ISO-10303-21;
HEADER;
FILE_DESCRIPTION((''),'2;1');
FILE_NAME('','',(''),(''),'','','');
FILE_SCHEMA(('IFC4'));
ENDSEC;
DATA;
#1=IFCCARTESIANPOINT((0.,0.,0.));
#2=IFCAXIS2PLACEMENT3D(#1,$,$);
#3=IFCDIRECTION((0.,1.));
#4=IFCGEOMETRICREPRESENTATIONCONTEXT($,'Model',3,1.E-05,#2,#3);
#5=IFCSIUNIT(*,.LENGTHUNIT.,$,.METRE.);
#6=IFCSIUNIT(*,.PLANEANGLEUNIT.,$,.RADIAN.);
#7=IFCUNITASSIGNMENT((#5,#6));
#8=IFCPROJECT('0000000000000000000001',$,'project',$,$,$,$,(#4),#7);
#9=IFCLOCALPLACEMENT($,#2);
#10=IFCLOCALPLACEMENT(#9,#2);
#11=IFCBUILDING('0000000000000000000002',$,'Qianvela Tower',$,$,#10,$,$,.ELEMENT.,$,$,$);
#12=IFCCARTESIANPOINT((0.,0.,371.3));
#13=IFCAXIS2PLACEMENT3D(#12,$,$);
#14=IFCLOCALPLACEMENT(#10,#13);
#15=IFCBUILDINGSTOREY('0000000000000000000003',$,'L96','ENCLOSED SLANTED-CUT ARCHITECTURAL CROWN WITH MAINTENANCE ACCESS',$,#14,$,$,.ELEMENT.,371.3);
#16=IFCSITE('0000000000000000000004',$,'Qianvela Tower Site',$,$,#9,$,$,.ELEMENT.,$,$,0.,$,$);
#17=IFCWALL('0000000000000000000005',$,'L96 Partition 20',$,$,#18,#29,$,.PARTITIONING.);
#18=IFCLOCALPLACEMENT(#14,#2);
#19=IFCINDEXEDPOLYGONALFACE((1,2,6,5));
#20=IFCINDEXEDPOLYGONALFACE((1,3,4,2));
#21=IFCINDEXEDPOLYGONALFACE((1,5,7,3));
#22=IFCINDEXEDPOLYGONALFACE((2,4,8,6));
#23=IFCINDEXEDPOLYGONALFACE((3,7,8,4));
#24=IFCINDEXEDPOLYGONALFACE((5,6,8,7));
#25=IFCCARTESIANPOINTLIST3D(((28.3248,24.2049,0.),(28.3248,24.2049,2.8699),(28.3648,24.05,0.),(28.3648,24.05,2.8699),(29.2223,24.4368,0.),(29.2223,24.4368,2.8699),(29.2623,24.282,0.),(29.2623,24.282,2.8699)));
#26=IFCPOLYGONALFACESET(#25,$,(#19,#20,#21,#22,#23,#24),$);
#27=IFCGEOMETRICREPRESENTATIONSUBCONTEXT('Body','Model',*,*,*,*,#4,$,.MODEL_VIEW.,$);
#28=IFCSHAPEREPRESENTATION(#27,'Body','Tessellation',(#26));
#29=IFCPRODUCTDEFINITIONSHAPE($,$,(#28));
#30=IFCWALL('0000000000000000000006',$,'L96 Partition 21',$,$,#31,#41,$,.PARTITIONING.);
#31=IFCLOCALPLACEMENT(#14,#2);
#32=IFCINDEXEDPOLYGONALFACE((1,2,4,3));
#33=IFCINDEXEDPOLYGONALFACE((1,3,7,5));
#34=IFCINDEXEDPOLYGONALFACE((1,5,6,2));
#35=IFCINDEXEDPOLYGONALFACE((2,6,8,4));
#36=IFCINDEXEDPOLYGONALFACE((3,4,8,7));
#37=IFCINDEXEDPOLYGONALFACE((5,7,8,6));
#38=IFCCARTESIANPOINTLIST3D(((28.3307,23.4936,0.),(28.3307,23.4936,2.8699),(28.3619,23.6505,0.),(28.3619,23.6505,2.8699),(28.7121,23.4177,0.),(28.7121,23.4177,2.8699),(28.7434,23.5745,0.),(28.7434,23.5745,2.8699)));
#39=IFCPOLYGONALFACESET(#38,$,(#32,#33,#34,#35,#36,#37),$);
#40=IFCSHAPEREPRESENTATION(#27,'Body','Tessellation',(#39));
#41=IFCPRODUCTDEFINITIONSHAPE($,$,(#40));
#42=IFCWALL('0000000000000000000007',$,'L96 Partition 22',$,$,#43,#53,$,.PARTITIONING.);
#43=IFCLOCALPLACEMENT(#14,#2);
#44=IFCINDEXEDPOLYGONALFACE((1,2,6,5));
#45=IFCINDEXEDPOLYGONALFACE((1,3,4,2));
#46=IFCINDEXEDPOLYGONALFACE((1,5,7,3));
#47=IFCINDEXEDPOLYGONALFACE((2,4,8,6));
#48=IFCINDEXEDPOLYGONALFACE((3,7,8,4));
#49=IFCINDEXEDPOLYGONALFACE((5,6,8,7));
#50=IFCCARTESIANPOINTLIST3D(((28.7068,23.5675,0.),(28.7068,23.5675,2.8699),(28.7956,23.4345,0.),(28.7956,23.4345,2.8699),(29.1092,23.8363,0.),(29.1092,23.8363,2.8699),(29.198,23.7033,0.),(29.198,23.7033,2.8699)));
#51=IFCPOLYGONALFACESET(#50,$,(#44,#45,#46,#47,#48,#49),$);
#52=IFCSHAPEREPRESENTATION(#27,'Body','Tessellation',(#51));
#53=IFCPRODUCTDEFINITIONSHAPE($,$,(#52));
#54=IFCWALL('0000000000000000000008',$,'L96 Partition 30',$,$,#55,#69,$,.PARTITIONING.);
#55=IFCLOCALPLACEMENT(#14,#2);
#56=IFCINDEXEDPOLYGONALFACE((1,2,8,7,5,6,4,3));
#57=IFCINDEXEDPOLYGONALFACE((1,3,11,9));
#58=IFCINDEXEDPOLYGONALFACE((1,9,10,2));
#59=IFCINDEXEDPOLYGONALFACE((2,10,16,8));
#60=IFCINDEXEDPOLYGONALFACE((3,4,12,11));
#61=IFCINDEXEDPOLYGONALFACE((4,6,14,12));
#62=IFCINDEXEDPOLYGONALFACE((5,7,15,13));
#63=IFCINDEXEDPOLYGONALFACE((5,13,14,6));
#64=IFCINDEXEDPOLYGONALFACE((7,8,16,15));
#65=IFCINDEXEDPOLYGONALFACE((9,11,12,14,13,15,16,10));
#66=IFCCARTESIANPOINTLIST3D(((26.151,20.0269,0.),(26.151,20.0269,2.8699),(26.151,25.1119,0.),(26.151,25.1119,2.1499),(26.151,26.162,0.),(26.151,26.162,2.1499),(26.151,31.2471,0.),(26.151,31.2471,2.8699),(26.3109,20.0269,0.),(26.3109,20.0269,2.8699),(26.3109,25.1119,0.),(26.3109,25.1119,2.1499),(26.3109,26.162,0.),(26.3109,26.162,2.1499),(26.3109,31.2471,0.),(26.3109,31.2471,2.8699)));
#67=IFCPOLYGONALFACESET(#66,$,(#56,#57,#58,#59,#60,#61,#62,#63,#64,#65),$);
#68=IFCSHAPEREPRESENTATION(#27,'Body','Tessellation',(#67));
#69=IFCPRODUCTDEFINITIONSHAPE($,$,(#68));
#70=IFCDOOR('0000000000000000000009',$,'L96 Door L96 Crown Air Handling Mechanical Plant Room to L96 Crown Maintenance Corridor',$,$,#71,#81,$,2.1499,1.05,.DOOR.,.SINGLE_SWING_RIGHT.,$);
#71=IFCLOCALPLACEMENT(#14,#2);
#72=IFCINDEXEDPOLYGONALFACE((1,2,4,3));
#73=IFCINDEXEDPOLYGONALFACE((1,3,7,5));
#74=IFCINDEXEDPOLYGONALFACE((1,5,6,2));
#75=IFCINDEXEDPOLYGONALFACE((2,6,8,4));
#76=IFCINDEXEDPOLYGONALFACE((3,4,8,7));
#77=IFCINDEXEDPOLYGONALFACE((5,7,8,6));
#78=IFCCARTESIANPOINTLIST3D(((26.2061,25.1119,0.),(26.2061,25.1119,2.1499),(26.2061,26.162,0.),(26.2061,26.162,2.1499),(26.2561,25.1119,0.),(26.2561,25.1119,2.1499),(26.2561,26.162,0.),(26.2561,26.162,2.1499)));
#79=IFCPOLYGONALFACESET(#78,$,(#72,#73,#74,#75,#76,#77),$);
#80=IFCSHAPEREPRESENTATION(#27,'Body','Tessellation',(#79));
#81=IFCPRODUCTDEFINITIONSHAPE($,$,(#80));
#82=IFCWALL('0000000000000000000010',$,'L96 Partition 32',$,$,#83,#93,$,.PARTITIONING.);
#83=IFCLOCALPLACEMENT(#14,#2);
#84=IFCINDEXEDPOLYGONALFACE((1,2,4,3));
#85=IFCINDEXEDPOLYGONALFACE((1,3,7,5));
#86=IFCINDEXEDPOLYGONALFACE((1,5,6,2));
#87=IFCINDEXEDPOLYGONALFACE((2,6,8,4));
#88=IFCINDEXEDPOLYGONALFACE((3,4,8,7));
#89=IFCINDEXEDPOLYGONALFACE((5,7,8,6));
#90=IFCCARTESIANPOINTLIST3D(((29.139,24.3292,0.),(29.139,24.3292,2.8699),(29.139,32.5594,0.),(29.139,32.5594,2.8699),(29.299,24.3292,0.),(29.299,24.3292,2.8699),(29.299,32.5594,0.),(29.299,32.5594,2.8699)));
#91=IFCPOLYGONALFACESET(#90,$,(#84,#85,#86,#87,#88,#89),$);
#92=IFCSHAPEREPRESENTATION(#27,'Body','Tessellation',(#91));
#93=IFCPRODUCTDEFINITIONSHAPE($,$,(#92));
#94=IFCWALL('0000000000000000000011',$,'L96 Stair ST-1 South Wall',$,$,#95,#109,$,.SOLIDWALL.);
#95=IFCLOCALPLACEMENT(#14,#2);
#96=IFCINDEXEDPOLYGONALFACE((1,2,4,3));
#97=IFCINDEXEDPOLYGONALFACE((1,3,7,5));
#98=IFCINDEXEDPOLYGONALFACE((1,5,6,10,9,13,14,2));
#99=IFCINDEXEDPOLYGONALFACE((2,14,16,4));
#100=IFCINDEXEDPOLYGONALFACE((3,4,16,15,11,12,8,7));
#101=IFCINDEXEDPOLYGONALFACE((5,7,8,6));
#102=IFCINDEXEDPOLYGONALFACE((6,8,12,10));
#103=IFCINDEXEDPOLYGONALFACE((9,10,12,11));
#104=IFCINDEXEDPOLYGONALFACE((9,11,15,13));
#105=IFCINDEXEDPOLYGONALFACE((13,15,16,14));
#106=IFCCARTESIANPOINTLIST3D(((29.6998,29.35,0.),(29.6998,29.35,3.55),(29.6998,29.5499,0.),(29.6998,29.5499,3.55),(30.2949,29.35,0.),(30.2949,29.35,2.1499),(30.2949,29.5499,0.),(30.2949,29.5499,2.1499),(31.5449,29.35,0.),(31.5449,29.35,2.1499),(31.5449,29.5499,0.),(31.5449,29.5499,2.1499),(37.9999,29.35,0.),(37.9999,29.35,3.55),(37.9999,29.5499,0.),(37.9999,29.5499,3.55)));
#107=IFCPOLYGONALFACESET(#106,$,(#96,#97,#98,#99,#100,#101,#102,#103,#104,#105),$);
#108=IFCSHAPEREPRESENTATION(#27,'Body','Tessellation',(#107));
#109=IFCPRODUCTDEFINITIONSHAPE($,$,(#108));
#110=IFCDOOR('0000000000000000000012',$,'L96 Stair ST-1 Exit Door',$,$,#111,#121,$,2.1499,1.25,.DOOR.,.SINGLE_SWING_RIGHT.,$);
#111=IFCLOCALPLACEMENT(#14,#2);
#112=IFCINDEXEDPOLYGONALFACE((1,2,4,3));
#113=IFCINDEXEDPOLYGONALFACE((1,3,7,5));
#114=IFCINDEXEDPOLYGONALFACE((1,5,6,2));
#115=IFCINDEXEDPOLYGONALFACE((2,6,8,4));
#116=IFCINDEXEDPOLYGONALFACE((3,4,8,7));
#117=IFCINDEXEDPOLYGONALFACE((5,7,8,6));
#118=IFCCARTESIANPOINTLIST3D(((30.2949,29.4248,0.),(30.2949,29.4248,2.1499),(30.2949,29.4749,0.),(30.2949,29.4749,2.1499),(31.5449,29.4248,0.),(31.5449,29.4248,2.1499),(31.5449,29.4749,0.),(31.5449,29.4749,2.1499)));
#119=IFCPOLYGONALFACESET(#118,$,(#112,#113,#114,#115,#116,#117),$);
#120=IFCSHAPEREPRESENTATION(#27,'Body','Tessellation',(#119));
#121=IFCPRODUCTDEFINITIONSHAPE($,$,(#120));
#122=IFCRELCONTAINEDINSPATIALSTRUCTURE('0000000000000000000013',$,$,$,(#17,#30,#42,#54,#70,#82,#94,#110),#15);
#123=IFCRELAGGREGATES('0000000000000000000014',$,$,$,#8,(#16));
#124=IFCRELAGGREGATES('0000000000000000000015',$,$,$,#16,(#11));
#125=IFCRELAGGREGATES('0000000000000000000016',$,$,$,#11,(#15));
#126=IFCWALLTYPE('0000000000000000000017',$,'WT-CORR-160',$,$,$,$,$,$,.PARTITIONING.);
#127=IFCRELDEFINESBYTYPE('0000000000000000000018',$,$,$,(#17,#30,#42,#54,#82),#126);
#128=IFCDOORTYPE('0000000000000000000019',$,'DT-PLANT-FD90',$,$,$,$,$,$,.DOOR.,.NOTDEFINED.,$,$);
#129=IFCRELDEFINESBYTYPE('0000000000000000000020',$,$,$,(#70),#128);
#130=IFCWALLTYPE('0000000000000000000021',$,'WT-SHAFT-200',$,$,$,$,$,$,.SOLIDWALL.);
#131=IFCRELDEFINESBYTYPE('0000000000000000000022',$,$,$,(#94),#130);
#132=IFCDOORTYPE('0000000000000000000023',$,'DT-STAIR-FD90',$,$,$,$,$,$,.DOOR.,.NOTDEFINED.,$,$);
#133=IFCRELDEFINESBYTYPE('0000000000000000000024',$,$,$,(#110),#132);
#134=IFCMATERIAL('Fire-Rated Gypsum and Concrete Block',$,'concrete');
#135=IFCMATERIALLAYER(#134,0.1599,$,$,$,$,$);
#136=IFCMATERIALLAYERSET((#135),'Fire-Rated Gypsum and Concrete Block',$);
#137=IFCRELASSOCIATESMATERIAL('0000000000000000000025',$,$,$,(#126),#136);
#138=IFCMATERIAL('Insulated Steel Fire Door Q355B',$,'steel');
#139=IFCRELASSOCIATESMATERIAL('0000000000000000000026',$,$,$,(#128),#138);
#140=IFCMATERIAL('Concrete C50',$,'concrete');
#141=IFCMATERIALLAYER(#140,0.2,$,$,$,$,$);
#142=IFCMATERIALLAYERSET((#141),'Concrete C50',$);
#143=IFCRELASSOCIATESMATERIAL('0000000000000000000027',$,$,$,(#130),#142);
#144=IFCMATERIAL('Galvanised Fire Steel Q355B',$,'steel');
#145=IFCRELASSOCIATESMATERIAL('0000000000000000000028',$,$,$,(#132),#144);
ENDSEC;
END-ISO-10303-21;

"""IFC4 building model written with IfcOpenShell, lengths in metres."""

from ifc_helpers import new_model, si_unit, direction, frame, frame_2d, origin, place, context, subcontext, project, spatial, rectangle, extrude, material, layer, layer_set, type_object, element, fill, save


model = new_model("IFC4")

# Units and contexts
model_context = context("Model", 3, precision=1e-05, world=origin(), true_north=direction((0.0, 1.0)))
body_context = subcontext(model_context, "Body", "Model", "MODEL_VIEW")
ifc_project = project(units=[si_unit("LENGTHUNIT", "METRE"), si_unit("PLANEANGLEUNIT", "RADIAN")], contexts=[model_context])

# Site, building, storey
site_placement = place(None, origin())
site = spatial("IfcSite", under=ifc_project, at=site_placement, Name="Qianvela Tower Site", CompositionType="ELEMENT", RefElevation=0.0)
building_placement = place(site_placement, origin())
building = spatial("IfcBuilding", under=site, at=building_placement, Name="Qianvela Tower", CompositionType="ELEMENT")
storey_placement = place(building_placement, frame((0.0, 0.0, 371.3)))
storey = spatial("IfcBuildingStorey", under=building, at=storey_placement, Name="L96", Description="ENCLOSED SLANTED-CUT ARCHITECTURAL CROWN WITH MAINTENANCE ACCESS", CompositionType="ELEMENT", Elevation=371.3)

# Walls
ifc_material_1 = material(Name="Fire-Rated Gypsum and Concrete Block", Category="concrete")
ifc_layer_1 = layer(ifc_material_1, 0.1599)
ifc_layer_set_1 = layer_set([ifc_layer_1], Name="Fire-Rated Gypsum and Concrete Block")
wall_type_1 = type_object("IfcWallType", Name="WT-CORR-160", PredefinedType="PARTITIONING", material=ifc_layer_set_1)
wall_1_placement = place(storey_placement, frame((29.2422, 24.3594, 0.0), z_axis=(0.0, 0.0, 1.0), x_axis=(-0.968191, -0.250213, 0.0)))
element("IfcWall", 1, at=wall_1_placement, inside=storey, type_object=wall_type_1, Name="L96 Partition 20", PredefinedType="PARTITIONING", context=body_context, shape_type="SweptSolid", body=[
    extrude(rectangle(XDim=0.927, YDim=0.1599, at=frame_2d((0.4634, 0.0))), origin(), (0.0, 0.0, 1.0), 2.8699),
])
wall_2_placement = place(storey_placement, frame((28.3464, 23.572, 0.0), z_axis=(0.0, 0.0, 1.0), x_axis=(0.980749, -0.195271, 0.0)))
element("IfcWall", 2, at=wall_2_placement, inside=storey, type_object=wall_type_1, Name="L96 Partition 21", PredefinedType="PARTITIONING", context=body_context, shape_type="SweptSolid", body=[
    extrude(rectangle(XDim=0.3889, YDim=0.1599, at=frame_2d((0.1943, 0.0))), origin(), (0.0, 0.0, 1.0), 2.8699),
])
wall_3_placement = place(storey_placement, frame((28.7512, 23.501, 0.0), z_axis=(0.0, 0.0, 1.0), x_axis=(0.831507, 0.555515, 0.0)))
element("IfcWall", 3, at=wall_3_placement, inside=storey, type_object=wall_type_1, Name="L96 Partition 22", PredefinedType="PARTITIONING", context=body_context, shape_type="SweptSolid", body=[
    extrude(rectangle(XDim=0.4839, YDim=0.1599, at=frame_2d((0.2419, 0.0))), origin(), (0.0, 0.0, 1.0), 2.8699),
])

# Shared definitions
ifc_material_2 = material(Name="Insulated Steel Fire Door Q355B", Category="steel")
door_type_1 = type_object("IfcDoorType", Name="DT-PLANT-FD90", OperationType="NOTDEFINED", PredefinedType="DOOR", material=ifc_material_2)

# Wall, opening, door
wall_4_placement = place(storey_placement, frame((26.231, 20.0269, 0.0), z_axis=(0.0, 0.0, 1.0), x_axis=(0.0, 1.0, 0.0)))
wall_4 = element("IfcWall", 4, at=wall_4_placement, inside=storey, type_object=wall_type_1, Name="L96 Partition 30", PredefinedType="PARTITIONING", context=body_context, shape_type="SweptSolid", body=[
    extrude(rectangle(XDim=11.2202, YDim=0.1599, at=frame_2d((5.6101, 0.0))), origin(), (0.0, 0.0, 1.0), 2.8699),
])
opening_1_placement = place(wall_4_placement, frame((5.0852, 0.0, 0.0)))
opening_1 = element("IfcOpeningElement", 5, at=opening_1_placement, cuts=wall_4, PredefinedType="OPENING", context=body_context, shape_type="SweptSolid", body=[
    extrude(rectangle(XDim=1.05, YDim=2.1499, at=frame_2d((0.5249, 1.075))), frame((0.0, 0.0898, 0.0), z_axis=(0.0, -1.0, 0.0), x_axis=(1.0, 0.0, 0.0)), (0.0, 0.0, 1.0), 0.1799),
])
door_1_placement = place(opening_1_placement, origin())
door_1 = element("IfcDoor", 6, at=door_1_placement, inside=storey, type_object=door_type_1, Name="L96 Door L96 Crown Air Handling Mechanical Plant Room to L96 Crown Maintenance Corridor", OperationType="SINGLE_SWING_RIGHT", OverallHeight=2.1499, OverallWidth=1.05, PredefinedType="DOOR", context=body_context, shape_type="SweptSolid", body=[
    extrude(rectangle(XDim=1.05, YDim=2.1499, at=frame_2d((0.5249, 1.075))), frame((0.0, 0.0249, 0.0), z_axis=(0.0, -1.0, 0.0), x_axis=(1.0, 0.0, 0.0)), (0.0, 0.0, 1.0), 0.05),
])
fill(opening_1, door_1)

# Wall
wall_5_placement = place(storey_placement, frame((29.219, 32.5596, 0.0), z_axis=(0.0, 0.0, 1.0), x_axis=(0.0, -1.0, 0.0)))
element("IfcWall", 7, at=wall_5_placement, inside=storey, type_object=wall_type_1, Name="L96 Partition 32", PredefinedType="PARTITIONING", context=body_context, shape_type="SweptSolid", body=[
    extrude(rectangle(XDim=8.2302, YDim=0.1599, at=frame_2d((4.1152, 0.0))), origin(), (0.0, 0.0, 1.0), 2.8699),
])

# Wall, opening, door
ifc_material_3 = material(Name="Concrete C50", Category="concrete")
ifc_layer_2 = layer(ifc_material_3, 0.2)
ifc_layer_set_2 = layer_set([ifc_layer_2], Name="Concrete C50")
wall_type_2 = type_object("IfcWallType", Name="WT-SHAFT-200", PredefinedType="SOLIDWALL", material=ifc_layer_set_2)
wall_6_placement = place(storey_placement, frame((29.7, 29.45, 0.0), z_axis=(0.0, 0.0, 1.0), x_axis=(1.0, 0.0, 0.0)))
wall_6 = element("IfcWall", 8, at=wall_6_placement, inside=storey, type_object=wall_type_2, Name="L96 Stair ST-1 South Wall", PredefinedType="SOLIDWALL", context=body_context, shape_type="SweptSolid", body=[
    extrude(rectangle(XDim=8.3, YDim=0.2, at=frame_2d((4.1499, 0.0))), origin(), (0.0, 0.0, 1.0), 3.55),
])
opening_2_placement = place(wall_6_placement, frame((0.595, 0.0, 0.0)))
opening_2 = element("IfcOpeningElement", 9, at=opening_2_placement, cuts=wall_6, PredefinedType="OPENING", context=body_context, shape_type="SweptSolid", body=[
    extrude(rectangle(XDim=1.25, YDim=2.1499, at=frame_2d((0.625, 1.075))), frame((0.0, 0.1099, 0.0), z_axis=(0.0, -1.0, 0.0), x_axis=(1.0, 0.0, 0.0)), (0.0, 0.0, 1.0), 0.22),
])
ifc_material_4 = material(Name="Galvanised Fire Steel Q355B", Category="steel")
door_type_2 = type_object("IfcDoorType", Name="DT-STAIR-FD90", OperationType="NOTDEFINED", PredefinedType="DOOR", material=ifc_material_4)
door_2_placement = place(opening_2_placement, origin())
door_2 = element("IfcDoor", 10, at=door_2_placement, inside=storey, type_object=door_type_2, Name="L96 Stair ST-1 Exit Door", OperationType="SINGLE_SWING_RIGHT", OverallHeight=2.1499, OverallWidth=1.25, PredefinedType="DOOR", context=body_context, shape_type="SweptSolid", body=[
    extrude(rectangle(XDim=1.25, YDim=2.1499, at=frame_2d((0.625, 1.075))), frame((0.0, 0.0249, 0.0), z_axis=(0.0, -1.0, 0.0), x_axis=(1.0, 0.0, 0.0)), (0.0, 0.0, 1.0), 0.05),
])
fill(opening_2, door_2)

save(model, "model.ifc")
